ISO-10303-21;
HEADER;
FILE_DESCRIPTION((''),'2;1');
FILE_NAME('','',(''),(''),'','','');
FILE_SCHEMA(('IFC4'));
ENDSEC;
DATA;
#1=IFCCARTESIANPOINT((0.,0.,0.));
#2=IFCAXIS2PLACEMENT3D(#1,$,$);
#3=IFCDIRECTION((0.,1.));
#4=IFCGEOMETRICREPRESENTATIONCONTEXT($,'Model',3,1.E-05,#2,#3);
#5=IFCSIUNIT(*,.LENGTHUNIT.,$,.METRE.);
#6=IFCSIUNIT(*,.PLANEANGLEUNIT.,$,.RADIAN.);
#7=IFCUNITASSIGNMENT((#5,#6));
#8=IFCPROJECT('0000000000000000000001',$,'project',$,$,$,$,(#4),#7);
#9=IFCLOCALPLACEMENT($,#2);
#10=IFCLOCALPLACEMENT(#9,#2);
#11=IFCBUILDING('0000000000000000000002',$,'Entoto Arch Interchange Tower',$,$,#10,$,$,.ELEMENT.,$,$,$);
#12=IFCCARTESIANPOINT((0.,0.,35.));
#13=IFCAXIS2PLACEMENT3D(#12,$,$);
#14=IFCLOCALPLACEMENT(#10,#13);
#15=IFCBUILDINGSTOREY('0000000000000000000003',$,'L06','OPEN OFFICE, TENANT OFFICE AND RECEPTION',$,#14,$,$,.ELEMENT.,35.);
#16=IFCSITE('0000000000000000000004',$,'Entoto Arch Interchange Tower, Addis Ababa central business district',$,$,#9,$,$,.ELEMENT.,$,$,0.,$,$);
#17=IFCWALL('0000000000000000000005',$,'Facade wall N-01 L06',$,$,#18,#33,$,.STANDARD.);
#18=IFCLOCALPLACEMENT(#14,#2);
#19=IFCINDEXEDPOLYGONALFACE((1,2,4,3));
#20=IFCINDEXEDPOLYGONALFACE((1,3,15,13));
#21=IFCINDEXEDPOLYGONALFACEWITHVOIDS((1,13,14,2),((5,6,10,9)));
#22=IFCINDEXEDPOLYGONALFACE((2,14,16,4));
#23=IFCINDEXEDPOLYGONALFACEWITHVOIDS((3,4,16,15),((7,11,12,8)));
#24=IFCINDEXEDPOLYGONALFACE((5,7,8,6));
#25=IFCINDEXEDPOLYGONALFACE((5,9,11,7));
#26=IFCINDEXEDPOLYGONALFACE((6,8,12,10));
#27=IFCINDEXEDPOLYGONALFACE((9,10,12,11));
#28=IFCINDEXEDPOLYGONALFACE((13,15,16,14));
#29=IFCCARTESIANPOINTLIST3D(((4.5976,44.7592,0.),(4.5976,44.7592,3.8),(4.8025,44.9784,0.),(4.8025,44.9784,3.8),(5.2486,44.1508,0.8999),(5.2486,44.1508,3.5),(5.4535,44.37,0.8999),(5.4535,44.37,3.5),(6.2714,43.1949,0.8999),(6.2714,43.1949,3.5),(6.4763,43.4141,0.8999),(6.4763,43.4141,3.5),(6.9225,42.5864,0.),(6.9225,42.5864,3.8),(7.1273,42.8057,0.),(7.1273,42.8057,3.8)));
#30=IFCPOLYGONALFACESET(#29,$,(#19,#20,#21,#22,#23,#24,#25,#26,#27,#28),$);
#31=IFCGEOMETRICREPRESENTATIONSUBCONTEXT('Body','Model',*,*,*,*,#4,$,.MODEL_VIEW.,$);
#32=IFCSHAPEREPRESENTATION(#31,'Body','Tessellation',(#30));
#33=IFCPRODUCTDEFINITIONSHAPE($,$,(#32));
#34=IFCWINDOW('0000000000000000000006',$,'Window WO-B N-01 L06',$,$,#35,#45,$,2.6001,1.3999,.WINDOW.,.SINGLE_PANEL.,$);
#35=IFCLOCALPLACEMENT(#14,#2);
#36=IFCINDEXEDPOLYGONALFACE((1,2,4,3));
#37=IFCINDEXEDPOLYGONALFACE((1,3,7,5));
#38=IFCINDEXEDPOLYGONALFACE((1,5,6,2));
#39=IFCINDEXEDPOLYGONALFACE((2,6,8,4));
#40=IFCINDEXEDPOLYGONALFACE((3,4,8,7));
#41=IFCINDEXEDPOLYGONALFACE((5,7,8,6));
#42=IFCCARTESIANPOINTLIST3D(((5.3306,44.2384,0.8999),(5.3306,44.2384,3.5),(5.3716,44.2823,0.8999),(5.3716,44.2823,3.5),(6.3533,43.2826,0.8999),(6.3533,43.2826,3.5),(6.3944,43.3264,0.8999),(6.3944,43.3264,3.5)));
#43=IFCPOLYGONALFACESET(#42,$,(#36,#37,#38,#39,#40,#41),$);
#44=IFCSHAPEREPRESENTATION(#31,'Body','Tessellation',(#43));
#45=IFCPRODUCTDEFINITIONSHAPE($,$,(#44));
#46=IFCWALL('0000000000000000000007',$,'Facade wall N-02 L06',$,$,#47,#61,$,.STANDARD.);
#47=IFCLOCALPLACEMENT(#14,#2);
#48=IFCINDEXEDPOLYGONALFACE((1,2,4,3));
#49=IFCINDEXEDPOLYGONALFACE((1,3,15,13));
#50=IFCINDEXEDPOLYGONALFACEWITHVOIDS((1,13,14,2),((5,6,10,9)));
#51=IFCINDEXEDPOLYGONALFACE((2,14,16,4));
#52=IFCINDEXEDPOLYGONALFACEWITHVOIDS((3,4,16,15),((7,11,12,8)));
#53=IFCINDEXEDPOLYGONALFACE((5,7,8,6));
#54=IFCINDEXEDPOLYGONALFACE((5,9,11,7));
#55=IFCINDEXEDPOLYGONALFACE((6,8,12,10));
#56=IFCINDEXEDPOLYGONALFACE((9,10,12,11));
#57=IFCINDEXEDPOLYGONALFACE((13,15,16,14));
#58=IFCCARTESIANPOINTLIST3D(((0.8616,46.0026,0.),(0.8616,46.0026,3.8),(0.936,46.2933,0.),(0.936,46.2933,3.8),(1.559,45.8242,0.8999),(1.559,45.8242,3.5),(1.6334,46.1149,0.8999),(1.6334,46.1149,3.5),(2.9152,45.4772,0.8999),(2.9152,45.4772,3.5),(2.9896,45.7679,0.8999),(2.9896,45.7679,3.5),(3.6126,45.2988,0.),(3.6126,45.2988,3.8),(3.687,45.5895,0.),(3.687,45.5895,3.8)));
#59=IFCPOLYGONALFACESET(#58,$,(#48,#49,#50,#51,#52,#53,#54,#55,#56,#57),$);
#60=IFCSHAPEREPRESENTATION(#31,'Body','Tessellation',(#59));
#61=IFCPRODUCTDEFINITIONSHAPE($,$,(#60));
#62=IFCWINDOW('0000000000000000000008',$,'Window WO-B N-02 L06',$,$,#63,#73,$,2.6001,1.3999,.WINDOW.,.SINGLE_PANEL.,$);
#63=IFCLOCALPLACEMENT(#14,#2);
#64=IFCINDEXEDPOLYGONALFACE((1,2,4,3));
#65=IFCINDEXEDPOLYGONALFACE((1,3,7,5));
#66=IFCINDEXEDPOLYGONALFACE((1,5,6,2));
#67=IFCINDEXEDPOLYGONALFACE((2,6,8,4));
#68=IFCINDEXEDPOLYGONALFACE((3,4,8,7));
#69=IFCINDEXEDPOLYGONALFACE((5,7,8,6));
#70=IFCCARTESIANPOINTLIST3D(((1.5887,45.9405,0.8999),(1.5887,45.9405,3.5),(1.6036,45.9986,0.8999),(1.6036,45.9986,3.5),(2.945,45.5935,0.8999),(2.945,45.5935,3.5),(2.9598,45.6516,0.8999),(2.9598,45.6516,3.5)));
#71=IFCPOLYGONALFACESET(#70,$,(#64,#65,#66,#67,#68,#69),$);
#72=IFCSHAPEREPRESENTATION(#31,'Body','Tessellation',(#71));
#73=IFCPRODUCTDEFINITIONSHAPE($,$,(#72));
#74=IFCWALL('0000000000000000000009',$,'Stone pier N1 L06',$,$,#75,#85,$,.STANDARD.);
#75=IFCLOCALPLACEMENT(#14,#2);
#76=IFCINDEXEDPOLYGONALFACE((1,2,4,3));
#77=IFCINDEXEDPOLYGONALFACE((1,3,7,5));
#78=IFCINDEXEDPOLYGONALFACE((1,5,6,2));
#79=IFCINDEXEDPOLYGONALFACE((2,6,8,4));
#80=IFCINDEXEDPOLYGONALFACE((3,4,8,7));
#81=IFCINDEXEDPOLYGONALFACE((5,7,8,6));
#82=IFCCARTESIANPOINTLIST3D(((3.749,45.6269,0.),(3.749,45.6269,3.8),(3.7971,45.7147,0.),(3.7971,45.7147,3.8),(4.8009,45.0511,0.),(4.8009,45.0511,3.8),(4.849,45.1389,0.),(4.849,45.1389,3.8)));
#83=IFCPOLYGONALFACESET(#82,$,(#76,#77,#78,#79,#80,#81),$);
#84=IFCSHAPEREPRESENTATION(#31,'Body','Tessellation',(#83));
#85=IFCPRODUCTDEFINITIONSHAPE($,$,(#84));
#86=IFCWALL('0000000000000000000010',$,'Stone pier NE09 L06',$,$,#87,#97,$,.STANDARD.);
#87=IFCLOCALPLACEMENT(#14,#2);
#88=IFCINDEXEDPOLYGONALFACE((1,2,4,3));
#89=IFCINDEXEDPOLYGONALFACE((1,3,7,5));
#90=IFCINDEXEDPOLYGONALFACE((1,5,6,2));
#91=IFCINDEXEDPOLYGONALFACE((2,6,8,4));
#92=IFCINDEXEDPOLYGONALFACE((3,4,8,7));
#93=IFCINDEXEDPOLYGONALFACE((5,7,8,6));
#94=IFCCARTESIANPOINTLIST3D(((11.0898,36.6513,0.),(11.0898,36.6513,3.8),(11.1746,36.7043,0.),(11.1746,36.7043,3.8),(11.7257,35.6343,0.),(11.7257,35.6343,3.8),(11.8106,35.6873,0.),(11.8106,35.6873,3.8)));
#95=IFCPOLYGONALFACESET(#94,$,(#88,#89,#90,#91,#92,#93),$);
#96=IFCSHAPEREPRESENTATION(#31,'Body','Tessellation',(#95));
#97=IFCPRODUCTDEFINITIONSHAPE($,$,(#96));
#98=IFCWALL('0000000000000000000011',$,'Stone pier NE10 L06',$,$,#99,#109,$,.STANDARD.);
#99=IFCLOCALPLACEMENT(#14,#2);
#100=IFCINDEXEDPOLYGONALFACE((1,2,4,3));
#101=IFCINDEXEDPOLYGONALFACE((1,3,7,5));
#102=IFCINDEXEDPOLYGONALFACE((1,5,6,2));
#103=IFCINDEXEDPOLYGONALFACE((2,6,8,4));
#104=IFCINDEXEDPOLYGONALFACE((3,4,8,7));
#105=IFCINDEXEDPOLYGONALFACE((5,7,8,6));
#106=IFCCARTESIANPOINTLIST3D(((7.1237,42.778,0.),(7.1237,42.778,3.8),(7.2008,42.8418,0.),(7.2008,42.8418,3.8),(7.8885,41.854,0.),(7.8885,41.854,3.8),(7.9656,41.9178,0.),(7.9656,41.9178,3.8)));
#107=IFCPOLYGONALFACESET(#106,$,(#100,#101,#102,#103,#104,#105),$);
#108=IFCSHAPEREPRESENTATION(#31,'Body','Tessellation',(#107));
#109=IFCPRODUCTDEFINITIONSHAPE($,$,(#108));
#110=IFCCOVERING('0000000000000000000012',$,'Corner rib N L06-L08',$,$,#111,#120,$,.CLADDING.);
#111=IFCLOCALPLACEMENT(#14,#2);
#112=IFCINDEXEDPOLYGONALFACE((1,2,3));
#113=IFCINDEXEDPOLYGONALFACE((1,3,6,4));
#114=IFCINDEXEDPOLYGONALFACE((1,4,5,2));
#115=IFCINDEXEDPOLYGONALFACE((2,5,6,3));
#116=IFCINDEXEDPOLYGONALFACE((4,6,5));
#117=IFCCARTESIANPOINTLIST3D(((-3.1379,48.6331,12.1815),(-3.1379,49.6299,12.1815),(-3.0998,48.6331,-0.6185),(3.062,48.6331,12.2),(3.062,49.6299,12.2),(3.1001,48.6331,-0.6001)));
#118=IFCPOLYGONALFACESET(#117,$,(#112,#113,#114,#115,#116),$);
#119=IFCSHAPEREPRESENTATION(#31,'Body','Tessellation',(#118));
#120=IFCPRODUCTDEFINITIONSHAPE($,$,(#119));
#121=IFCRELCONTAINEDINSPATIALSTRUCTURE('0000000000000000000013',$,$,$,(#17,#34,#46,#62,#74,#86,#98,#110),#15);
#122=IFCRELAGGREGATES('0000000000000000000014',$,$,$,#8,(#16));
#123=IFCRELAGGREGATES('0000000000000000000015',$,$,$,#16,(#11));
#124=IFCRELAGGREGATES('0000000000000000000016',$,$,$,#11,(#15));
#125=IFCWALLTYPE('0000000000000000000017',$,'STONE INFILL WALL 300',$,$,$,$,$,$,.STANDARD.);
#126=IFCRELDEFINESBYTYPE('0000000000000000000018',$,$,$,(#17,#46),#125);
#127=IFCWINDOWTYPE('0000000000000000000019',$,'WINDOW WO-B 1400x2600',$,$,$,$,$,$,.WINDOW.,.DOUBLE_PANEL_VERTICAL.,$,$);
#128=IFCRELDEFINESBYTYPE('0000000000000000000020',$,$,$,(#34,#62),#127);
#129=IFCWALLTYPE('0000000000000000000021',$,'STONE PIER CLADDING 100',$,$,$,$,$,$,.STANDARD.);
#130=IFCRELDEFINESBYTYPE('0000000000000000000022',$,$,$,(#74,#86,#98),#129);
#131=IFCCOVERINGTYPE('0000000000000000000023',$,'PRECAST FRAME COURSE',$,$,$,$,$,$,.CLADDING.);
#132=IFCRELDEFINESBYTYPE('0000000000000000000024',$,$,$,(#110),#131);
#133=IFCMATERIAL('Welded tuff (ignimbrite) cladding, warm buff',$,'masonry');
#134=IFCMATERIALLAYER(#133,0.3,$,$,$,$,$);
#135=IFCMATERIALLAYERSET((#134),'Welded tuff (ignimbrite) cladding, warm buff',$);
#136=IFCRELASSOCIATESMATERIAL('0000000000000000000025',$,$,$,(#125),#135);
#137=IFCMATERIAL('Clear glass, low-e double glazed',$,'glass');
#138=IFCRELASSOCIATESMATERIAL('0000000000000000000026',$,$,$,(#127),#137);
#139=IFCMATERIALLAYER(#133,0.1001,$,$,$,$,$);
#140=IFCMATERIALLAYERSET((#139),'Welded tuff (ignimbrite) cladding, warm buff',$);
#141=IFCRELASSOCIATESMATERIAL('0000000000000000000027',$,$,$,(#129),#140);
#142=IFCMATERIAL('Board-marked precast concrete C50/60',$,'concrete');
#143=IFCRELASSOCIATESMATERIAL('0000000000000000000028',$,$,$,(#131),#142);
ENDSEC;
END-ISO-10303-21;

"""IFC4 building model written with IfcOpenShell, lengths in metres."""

from ifc_helpers import new_model, si_unit, direction, frame, frame_2d, origin, place, context, subcontext, project, spatial, polyline, rectangle, outline, extrude, material, layer, layer_set, type_object, element, fill, save


model = new_model("IFC4")

# Units and contexts
model_context = context("Model", 3, precision=1e-05, world=origin(), true_north=direction((0.0, 1.0)))
body_context = subcontext(model_context, "Body", "Model", "MODEL_VIEW")
ifc_project = project(units=[si_unit("LENGTHUNIT", "METRE"), si_unit("PLANEANGLEUNIT", "RADIAN")], contexts=[model_context])

# Site, building, storey
site_placement = place(None, origin())
site = spatial("IfcSite", under=ifc_project, at=site_placement, Name="Entoto Arch Interchange Tower, Addis Ababa central business district", CompositionType="ELEMENT", RefElevation=0.0)
building_placement = place(site_placement, origin())
building = spatial("IfcBuilding", under=site, at=building_placement, Name="Entoto Arch Interchange Tower", CompositionType="ELEMENT")
storey_placement = place(building_placement, frame((0.0, 0.0, 35.0)))
storey = spatial("IfcBuildingStorey", under=building, at=storey_placement, Name="L06", Description="OPEN OFFICE, TENANT OFFICE AND RECEPTION", CompositionType="ELEMENT", Elevation=35.0)

# Shared definitions
ifc_material_1 = material(Name="Welded tuff (ignimbrite) cladding, warm buff", Category="masonry")
ifc_layer_1 = layer(ifc_material_1, 0.3)
ifc_layer_set_1 = layer_set([ifc_layer_1], Name="Welded tuff (ignimbrite) cladding, warm buff")
wall_type_1 = type_object("IfcWallType", Name="STONE INFILL WALL 300", PredefinedType="STANDARD", material=ifc_layer_set_1)
ifc_material_2 = material(Name="Clear glass, low-e double glazed", Category="glass")

# Walls, openings, windows
wall_1_placement = place(storey_placement, frame((7.0249, 42.696, 0.0), z_axis=(0.0, 0.0, 1.0), x_axis=(-0.730601, 0.682805, 0.0)))
wall_1 = element("IfcWall", 1, at=wall_1_placement, inside=storey, type_object=wall_type_1, Name="Facade wall N-01 L06", PredefinedType="STANDARD", context=body_context, shape_type="SweptSolid", body=[
    extrude(rectangle(XDim=3.1821, YDim=0.3, at=frame_2d((1.5911, 0.0))), origin(), (0.0, 0.0, 1.0), 3.8),
])
opening_1_placement = place(wall_1_placement, frame((0.8911, 0.0, 0.8999)))
opening_1 = element("IfcOpeningElement", 2, at=opening_1_placement, cuts=wall_1, PredefinedType="OPENING", context=body_context, shape_type="SweptSolid", body=[
    extrude(rectangle(XDim=1.3999, YDim=2.6001, at=frame_2d((0.7, 1.3))), frame((0.0, 0.1602, 0.0), z_axis=(0.0, -1.0, 0.0), x_axis=(1.0, 0.0, 0.0)), (0.0, 0.0, 1.0), 0.3201),
])
window_type_1 = type_object("IfcWindowType", Name="WINDOW WO-B 1400x2600", PartitioningType="DOUBLE_PANEL_VERTICAL", PredefinedType="WINDOW", material=ifc_material_2)
window_1_placement = place(opening_1_placement, origin())
window_1 = element("IfcWindow", 3, at=window_1_placement, inside=storey, type_object=window_type_1, Name="Window WO-B N-01 L06", OverallHeight=2.6001, OverallWidth=1.3999, PartitioningType="SINGLE_PANEL", PredefinedType="WINDOW", context=body_context, shape_type="SweptSolid", body=[
    extrude(rectangle(XDim=1.3999, YDim=2.6001, at=frame_2d((0.7, 1.3))), frame((0.0, 0.03, 0.0), z_axis=(0.0, -1.0, 0.0), x_axis=(1.0, 0.0, 0.0)), (0.0, 0.0, 1.0), 0.0601),
])
fill(opening_1, window_1)
wall_2_placement = place(storey_placement, frame((3.6499, 45.4441, 0.0), z_axis=(0.0, 0.0, 1.0), x_axis=(-0.968793, 0.247873, 0.0)))
wall_2 = element("IfcWall", 4, at=wall_2_placement, inside=storey, type_object=wall_type_1, Name="Facade wall N-02 L06", PredefinedType="STANDARD", context=body_context, shape_type="SweptSolid", body=[
    extrude(rectangle(XDim=2.8396, YDim=0.3, at=frame_2d((1.4199, 0.0))), origin(), (0.0, 0.0, 1.0), 3.8),
])
opening_2_placement = place(wall_2_placement, frame((0.72, 0.0, 0.8999)))
opening_2 = element("IfcOpeningElement", 5, at=opening_2_placement, cuts=wall_2, PredefinedType="OPENING", context=body_context, shape_type="SweptSolid", body=[
    extrude(rectangle(XDim=1.3999, YDim=2.6001, at=frame_2d((0.7, 1.3))), frame((0.0, 0.1602, 0.0), z_axis=(0.0, -1.0, 0.0), x_axis=(1.0, 0.0, 0.0)), (0.0, 0.0, 1.0), 0.3201),
])
window_2_placement = place(opening_2_placement, origin())
window_2 = element("IfcWindow", 6, at=window_2_placement, inside=storey, type_object=window_type_1, Name="Window WO-B N-02 L06", OverallHeight=2.6001, OverallWidth=1.3999, PartitioningType="SINGLE_PANEL", PredefinedType="WINDOW", context=body_context, shape_type="SweptSolid", body=[
    extrude(rectangle(XDim=1.3999, YDim=2.6001, at=frame_2d((0.7, 1.3))), frame((0.0, 0.03, 0.0), z_axis=(0.0, -1.0, 0.0), x_axis=(1.0, 0.0, 0.0)), (0.0, 0.0, 1.0), 0.0601),
])
fill(opening_2, window_2)

# Walls
ifc_layer_2 = layer(ifc_material_1, 0.1001)
ifc_layer_set_2 = layer_set([ifc_layer_2], Name="Welded tuff (ignimbrite) cladding, warm buff")
wall_type_2 = type_object("IfcWallType", Name="STONE PIER CLADDING 100", PredefinedType="STANDARD", material=ifc_layer_set_2)
wall_3_placement = place(storey_placement, frame((4.825, 45.095, 0.0), z_axis=(0.0, 0.0, 1.0), x_axis=(-0.877155, 0.480206, 0.0)))
element("IfcWall", 7, at=wall_3_placement, inside=storey, type_object=wall_type_2, Name="Stone pier N1 L06", PredefinedType="STANDARD", context=body_context, shape_type="SweptSolid", body=[
    extrude(rectangle(XDim=1.1992, YDim=0.1001, at=frame_2d((0.5996, 0.0))), origin(), (0.0, 0.0, 1.0), 3.8),
])
for number, where, z_axis, x_axis, name in (
    (8, (11.7681, 35.6609, 0.0), (0.0, 0.0, 1.0), (-0.530182, 0.847884, 0.0), "Stone pier NE09 L06"),
    (9, (7.927, 41.886, 0.0), (0.0, 0.0, 1.0), (-0.637639, 0.770336, 0.0), "Stone pier NE10 L06"),
):
    element("IfcWall", number, at=place(storey_placement, frame(where, z_axis=z_axis, x_axis=x_axis)), inside=storey, type_object=wall_type_2, Name=name, PredefinedType="STANDARD", context=body_context, shape_type="SweptSolid", body=[
        extrude(rectangle(XDim=1.1995, YDim=0.1001, at=frame_2d((0.5996, 0.0))), origin(), (0.0, 0.0, 1.0), 3.8),
    ])

# Covering
ifc_material_3 = material(Name="Board-marked precast concrete C50/60", Category="concrete")
covering_type = type_object("IfcCoveringType", Name="PRECAST FRAME COURSE", PredefinedType="CLADDING", material=ifc_material_3)
covering_placement = place(storey_placement, frame((3.1001, 48.6331, -0.6001), z_axis=(0.999996, 0.0, 0.002975), x_axis=(-0.002966, 0.077641, 0.996977)))
element("IfcCovering", 10, at=covering_placement, inside=storey, type_object=covering_type, Name="Corner rib N L06-L08", PredefinedType="CLADDING", context=body_context, shape_type="SweptSolid", body=[
    extrude(outline(polyline([(0.0, 0.0), (12.8389, 0.0), (12.7615, 0.9938), (0.0, 0.0)])), origin(), (0.0, 0.0, -1.0), 6.2),
])

save(model, "model.ifc")
